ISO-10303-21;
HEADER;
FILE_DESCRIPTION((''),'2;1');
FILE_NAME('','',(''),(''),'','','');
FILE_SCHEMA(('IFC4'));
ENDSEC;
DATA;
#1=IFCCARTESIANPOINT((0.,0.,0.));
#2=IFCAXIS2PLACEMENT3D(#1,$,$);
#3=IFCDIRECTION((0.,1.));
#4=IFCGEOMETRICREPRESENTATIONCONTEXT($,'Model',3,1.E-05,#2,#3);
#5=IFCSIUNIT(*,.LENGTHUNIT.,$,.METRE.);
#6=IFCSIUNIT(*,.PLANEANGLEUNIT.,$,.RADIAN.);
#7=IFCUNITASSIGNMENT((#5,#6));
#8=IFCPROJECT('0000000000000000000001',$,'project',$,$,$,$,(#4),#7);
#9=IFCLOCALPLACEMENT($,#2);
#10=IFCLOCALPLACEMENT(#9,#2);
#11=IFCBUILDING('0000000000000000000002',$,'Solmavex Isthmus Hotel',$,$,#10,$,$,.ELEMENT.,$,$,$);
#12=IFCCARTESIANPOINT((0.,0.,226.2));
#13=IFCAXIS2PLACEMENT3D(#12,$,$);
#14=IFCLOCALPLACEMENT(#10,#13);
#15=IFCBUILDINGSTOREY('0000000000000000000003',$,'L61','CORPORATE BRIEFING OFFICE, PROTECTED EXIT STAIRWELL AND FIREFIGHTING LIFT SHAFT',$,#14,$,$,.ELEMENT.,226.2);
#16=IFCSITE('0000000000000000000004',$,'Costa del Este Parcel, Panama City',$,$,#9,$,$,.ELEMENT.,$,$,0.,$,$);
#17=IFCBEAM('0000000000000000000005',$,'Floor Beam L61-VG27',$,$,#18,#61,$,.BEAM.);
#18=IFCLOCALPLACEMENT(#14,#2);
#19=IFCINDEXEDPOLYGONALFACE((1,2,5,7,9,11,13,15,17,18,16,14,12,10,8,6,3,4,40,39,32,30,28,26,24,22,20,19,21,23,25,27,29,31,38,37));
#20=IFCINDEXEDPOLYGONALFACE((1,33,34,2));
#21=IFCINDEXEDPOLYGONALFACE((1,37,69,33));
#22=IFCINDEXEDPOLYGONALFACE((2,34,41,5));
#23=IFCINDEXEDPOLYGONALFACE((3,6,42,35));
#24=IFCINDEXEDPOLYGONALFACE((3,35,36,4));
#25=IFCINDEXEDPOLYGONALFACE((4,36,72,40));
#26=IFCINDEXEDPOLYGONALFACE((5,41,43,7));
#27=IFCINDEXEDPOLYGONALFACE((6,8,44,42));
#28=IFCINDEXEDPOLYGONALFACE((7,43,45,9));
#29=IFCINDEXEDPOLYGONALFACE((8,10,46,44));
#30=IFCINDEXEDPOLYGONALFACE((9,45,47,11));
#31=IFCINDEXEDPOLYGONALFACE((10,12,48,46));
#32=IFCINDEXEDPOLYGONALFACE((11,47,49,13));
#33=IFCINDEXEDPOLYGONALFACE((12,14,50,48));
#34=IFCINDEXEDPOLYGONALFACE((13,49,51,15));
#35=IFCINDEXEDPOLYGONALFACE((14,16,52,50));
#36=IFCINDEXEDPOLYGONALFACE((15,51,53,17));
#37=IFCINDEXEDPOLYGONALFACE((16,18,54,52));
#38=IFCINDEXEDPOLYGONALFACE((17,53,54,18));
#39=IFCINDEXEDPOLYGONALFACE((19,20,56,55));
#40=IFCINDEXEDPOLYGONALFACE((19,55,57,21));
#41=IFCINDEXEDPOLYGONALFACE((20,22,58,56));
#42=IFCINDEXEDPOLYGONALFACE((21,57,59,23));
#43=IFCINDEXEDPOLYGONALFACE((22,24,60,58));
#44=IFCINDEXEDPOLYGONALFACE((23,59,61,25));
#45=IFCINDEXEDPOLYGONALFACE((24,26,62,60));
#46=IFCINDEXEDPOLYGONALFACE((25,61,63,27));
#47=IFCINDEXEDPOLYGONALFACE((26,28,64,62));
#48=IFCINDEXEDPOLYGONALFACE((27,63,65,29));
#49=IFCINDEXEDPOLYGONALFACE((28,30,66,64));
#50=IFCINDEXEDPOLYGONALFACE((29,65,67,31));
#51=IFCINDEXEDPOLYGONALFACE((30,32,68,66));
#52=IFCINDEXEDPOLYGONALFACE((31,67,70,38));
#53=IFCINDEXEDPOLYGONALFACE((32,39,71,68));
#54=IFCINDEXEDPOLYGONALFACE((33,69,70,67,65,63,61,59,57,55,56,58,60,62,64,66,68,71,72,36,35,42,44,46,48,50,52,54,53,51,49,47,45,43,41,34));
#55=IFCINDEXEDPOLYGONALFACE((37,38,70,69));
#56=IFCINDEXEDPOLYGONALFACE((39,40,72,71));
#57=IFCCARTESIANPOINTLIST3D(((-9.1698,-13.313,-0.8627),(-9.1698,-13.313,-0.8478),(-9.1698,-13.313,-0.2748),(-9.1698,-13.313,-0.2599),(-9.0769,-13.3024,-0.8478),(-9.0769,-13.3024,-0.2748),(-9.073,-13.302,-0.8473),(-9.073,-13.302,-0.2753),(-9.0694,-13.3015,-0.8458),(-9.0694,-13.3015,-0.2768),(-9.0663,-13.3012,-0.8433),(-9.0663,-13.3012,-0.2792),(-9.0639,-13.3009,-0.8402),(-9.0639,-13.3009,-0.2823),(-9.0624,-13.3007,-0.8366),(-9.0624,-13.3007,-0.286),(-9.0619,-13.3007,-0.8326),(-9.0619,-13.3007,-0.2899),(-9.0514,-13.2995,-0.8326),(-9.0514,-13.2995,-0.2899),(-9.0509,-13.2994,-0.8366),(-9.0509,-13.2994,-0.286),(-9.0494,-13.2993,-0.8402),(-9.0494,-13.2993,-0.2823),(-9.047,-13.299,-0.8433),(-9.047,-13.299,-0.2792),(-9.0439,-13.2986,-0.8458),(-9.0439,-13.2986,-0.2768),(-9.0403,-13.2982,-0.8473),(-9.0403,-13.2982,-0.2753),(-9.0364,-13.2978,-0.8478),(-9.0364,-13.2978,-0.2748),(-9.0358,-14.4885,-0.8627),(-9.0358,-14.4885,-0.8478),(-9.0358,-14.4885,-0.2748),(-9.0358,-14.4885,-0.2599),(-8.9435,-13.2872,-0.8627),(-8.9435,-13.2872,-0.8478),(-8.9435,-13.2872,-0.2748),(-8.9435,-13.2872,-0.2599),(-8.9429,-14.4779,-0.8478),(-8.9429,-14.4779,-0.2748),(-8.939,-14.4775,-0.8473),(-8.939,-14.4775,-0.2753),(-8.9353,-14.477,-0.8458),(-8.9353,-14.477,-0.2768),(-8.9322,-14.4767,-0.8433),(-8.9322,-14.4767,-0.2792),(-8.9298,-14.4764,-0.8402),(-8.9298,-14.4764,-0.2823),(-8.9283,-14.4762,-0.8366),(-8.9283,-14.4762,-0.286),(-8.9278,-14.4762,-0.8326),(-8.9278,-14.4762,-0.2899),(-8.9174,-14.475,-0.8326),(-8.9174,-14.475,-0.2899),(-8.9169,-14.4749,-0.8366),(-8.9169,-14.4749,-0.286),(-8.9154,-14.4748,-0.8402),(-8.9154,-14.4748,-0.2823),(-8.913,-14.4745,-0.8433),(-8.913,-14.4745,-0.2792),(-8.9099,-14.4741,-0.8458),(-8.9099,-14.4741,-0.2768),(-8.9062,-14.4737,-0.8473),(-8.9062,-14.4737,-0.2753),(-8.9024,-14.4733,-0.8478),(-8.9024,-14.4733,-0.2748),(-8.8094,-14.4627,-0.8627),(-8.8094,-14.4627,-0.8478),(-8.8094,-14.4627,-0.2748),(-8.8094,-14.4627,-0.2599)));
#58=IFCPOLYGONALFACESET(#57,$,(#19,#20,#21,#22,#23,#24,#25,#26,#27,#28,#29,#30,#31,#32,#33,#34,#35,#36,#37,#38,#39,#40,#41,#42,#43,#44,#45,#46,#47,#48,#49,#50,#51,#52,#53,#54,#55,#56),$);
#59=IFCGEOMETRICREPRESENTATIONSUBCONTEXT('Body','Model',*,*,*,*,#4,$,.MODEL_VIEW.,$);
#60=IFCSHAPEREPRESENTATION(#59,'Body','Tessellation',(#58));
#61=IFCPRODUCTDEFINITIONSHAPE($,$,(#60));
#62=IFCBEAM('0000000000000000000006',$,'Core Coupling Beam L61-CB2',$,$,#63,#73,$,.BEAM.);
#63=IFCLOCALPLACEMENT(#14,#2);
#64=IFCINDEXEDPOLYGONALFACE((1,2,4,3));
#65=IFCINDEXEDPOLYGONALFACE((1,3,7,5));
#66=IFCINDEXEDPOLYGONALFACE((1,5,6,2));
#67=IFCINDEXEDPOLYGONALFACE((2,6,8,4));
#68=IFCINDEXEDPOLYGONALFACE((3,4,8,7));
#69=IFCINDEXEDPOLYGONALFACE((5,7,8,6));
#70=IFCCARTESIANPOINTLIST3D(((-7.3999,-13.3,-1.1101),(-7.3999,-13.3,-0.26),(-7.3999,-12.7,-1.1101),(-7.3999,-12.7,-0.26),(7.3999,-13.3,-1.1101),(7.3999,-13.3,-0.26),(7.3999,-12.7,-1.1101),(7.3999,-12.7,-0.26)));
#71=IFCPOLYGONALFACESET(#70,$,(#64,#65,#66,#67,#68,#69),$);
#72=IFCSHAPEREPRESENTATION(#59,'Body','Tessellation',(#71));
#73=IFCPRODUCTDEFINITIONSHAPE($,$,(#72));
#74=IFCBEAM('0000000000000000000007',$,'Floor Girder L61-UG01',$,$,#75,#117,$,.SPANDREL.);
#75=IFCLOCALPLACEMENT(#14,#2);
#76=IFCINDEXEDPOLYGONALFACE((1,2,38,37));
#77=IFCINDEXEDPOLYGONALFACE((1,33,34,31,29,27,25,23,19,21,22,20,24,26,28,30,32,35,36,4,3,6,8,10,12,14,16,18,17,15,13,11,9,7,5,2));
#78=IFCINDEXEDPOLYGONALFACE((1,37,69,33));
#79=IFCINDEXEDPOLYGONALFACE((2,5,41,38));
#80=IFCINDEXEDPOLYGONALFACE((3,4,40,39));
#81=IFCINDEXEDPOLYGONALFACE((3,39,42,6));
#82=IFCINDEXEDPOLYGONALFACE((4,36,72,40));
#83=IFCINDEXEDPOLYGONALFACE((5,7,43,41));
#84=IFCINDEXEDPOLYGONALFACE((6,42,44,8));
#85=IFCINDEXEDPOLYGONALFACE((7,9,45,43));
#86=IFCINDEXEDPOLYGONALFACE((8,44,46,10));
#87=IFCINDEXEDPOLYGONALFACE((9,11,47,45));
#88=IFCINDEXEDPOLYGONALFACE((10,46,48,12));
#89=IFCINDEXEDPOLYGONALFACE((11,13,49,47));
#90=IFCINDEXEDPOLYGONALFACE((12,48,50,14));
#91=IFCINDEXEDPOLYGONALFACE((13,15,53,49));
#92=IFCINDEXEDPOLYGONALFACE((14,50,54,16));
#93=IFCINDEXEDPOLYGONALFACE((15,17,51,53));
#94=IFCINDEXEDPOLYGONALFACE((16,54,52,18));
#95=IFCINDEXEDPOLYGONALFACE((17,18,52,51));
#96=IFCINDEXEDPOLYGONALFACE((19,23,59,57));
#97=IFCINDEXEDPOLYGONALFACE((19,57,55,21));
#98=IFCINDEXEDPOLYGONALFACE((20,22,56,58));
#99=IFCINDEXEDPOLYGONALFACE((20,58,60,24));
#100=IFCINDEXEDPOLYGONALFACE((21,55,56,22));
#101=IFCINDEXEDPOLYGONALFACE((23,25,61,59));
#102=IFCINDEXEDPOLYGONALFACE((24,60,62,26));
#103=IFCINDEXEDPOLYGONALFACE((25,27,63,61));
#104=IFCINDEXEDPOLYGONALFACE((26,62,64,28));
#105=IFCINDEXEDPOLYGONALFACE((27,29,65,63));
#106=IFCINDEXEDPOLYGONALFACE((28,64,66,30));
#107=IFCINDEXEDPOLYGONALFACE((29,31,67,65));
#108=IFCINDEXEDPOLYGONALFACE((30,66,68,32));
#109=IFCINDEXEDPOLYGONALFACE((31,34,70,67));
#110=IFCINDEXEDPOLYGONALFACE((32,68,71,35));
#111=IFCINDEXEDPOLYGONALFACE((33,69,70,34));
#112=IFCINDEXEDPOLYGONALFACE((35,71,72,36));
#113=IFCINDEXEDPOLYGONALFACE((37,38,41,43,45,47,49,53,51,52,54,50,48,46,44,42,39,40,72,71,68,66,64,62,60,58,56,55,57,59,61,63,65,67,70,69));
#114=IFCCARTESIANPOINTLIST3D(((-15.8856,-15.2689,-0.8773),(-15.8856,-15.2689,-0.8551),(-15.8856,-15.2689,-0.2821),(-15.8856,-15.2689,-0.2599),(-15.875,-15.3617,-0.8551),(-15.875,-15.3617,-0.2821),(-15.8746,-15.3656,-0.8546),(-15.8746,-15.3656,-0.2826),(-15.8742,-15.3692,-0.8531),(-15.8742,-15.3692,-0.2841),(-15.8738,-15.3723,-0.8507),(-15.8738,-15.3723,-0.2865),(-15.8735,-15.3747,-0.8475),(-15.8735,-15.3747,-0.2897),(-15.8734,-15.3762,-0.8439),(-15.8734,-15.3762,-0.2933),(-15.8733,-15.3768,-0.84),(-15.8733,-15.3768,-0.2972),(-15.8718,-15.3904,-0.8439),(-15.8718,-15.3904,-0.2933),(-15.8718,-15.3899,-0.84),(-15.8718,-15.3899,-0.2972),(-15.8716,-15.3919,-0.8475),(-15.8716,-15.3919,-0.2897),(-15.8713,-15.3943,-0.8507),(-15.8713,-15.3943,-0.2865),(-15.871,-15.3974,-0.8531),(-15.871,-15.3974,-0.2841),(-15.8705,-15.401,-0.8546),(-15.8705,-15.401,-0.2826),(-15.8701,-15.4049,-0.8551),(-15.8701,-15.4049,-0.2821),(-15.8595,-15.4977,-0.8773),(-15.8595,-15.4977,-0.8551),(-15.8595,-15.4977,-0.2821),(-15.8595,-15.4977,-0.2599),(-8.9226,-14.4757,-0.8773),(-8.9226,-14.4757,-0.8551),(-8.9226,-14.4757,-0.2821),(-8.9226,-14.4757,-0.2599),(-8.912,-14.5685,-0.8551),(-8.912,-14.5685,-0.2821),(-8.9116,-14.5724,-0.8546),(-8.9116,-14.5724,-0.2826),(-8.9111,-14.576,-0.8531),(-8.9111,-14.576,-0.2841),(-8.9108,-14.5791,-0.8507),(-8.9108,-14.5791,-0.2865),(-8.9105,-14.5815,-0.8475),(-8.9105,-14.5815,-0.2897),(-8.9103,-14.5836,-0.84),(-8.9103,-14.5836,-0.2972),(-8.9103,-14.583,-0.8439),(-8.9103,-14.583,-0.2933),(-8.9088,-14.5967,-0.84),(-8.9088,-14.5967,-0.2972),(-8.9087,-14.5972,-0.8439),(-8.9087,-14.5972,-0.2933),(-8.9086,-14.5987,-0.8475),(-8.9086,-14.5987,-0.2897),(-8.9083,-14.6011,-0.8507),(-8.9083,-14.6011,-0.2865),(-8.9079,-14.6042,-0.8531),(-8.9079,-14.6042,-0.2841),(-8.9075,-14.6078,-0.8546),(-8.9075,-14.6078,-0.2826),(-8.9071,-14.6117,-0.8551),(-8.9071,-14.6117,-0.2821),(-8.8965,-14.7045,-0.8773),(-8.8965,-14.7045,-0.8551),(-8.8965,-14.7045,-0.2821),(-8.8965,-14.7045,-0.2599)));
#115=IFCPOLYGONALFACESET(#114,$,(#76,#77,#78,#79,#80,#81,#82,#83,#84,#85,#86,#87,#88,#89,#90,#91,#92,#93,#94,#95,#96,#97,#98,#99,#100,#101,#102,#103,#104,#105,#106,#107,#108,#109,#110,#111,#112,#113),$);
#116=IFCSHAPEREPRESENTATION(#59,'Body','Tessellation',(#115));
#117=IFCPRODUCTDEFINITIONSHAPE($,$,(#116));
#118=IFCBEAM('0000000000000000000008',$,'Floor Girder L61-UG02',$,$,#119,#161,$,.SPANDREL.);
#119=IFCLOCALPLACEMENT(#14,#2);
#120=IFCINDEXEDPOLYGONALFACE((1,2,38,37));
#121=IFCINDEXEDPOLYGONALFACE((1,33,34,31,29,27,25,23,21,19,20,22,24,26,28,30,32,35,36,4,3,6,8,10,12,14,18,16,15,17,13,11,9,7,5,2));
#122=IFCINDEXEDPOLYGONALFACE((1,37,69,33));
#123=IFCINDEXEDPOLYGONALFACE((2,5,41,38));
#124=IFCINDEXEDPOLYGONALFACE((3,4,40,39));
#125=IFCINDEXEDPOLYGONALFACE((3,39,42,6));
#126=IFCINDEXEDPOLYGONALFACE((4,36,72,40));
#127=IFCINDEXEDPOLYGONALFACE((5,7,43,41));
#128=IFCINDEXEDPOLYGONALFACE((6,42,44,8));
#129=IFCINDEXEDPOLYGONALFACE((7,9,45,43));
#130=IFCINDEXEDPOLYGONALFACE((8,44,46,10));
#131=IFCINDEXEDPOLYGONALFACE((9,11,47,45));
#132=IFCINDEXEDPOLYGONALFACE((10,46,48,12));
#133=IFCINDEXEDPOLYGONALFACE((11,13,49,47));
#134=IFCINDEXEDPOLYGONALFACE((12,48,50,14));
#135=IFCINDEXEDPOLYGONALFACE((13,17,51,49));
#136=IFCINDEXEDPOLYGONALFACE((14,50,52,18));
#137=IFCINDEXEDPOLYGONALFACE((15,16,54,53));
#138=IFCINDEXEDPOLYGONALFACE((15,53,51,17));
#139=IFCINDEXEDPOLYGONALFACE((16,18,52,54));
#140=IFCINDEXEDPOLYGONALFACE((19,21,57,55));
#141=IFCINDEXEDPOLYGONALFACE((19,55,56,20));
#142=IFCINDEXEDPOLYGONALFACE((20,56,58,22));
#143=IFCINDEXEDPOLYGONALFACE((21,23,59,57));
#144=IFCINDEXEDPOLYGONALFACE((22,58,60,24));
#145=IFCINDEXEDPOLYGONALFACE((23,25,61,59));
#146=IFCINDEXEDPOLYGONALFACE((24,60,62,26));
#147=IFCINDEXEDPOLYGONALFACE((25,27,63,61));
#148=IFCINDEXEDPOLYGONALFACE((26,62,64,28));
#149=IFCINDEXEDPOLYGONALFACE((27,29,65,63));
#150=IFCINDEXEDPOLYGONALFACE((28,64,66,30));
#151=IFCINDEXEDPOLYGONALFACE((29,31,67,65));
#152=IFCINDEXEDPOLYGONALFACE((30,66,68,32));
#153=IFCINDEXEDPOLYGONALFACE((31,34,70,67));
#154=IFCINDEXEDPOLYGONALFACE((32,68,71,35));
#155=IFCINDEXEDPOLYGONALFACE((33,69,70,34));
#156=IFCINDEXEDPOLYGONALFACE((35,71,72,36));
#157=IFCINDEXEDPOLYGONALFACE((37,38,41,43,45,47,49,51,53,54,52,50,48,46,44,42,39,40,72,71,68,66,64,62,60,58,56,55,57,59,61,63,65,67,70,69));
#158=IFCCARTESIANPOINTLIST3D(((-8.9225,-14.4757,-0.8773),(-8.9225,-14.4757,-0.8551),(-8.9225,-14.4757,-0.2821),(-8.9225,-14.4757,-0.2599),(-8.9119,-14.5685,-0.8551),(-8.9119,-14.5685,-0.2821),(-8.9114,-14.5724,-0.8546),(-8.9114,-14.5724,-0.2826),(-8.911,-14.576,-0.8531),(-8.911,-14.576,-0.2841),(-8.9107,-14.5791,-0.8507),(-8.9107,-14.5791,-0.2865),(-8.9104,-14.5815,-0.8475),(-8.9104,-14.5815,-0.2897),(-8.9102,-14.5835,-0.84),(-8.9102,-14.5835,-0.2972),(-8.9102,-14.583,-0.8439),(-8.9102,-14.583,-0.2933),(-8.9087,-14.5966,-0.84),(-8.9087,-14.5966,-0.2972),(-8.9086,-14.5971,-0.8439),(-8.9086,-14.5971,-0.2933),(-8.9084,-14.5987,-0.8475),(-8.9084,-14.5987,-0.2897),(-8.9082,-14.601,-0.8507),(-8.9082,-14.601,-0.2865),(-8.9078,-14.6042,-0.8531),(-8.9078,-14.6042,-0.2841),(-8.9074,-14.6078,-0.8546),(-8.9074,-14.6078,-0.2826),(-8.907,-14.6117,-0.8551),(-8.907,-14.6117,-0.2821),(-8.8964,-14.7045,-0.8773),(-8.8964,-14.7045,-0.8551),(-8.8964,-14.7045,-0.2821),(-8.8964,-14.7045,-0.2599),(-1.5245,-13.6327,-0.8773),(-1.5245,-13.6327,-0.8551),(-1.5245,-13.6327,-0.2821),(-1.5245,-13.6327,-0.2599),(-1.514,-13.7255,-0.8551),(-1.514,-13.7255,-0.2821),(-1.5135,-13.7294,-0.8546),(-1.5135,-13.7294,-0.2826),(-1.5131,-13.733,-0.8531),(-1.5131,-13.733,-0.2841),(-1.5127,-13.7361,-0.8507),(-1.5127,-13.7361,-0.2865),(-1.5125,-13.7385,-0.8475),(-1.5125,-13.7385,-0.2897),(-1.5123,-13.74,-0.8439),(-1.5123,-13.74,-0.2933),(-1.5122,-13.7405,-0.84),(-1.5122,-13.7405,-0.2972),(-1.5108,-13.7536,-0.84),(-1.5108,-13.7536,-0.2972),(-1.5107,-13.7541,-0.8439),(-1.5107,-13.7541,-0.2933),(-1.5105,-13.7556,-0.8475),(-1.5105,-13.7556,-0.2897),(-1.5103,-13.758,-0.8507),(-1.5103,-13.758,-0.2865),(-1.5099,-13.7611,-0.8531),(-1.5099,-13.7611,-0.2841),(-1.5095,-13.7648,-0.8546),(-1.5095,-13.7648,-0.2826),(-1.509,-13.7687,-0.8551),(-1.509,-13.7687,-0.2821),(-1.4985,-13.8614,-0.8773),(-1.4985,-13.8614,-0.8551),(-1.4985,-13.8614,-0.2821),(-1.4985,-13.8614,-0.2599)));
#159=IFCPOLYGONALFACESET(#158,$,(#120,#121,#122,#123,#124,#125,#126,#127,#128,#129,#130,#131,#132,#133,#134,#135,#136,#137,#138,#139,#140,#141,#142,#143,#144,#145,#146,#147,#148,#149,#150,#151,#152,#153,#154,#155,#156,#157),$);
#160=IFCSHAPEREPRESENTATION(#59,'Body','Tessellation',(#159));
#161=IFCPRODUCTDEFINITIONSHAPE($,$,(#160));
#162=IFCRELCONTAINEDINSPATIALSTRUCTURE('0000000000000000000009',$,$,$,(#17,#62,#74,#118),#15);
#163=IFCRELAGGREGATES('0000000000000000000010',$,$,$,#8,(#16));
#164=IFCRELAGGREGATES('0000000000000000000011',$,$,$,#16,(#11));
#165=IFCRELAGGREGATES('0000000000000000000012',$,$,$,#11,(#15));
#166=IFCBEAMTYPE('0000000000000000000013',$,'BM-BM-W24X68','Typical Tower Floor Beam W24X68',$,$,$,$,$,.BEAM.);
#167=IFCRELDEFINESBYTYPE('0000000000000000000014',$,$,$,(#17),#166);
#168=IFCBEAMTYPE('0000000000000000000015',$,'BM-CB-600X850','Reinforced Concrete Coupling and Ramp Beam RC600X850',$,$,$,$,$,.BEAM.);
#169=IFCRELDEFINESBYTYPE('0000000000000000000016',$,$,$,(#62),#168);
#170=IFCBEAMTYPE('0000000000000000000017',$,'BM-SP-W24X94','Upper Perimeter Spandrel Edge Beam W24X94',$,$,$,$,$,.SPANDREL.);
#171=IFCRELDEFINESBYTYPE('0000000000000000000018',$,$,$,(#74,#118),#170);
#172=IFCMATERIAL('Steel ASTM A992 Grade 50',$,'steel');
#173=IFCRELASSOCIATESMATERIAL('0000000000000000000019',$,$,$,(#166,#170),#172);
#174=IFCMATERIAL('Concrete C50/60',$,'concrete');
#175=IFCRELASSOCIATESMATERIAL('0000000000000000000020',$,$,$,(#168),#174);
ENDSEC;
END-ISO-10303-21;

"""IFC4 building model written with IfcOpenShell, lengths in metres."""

from ifc_helpers import new_model, si_unit, direction, frame, origin, origin_2d, place, context, subcontext, project, spatial, rectangle, i_section, extrude, material, material_profile, profile_set, type_object, element, save


model = new_model("IFC4")

# Units and contexts
model_context = context("Model", 3, precision=1e-05, world=origin(), true_north=direction((0.0, 1.0)))
body_context = subcontext(model_context, "Body", "Model", "MODEL_VIEW")
ifc_project = project(units=[si_unit("LENGTHUNIT", "METRE"), si_unit("PLANEANGLEUNIT", "RADIAN")], contexts=[model_context])

# Site, building, storey
site_placement = place(None, origin())
site = spatial("IfcSite", under=ifc_project, at=site_placement, Name="Costa del Este Parcel, Panama City", CompositionType="ELEMENT", RefElevation=0.0)
building_placement = place(site_placement, origin())
building = spatial("IfcBuilding", under=site, at=building_placement, Name="Solmavex Isthmus Hotel", CompositionType="ELEMENT")
storey_placement = place(building_placement, frame((0.0, 0.0, 226.2)))
storey = spatial("IfcBuildingStorey", under=building, at=storey_placement, Name="L61", Description="CORPORATE BRIEFING OFFICE, PROTECTED EXIT STAIRWELL AND FIREFIGHTING LIFT SHAFT", CompositionType="ELEMENT", Elevation=226.2)

# Shared definitions
ifc_material_1 = material(Name="Concrete C50/60", Category="concrete")

# Beams
ifc_material_2 = material(Name="Steel ASTM A992 Grade 50", Category="steel")
ifc_material_profile_1 = material_profile(ifc_material_2, i_section(OverallWidth=0.2278, OverallDepth=0.6028, WebThickness=0.0105, FlangeThickness=0.0149, FilletRadius=0.0151, at=origin_2d()), Name="W24X68")
ifc_profile_set_1 = profile_set([ifc_material_profile_1], Name="Steel ASTM A992 Grade 50")
beam_type_1 = type_object("IfcBeamType", Name="BM-BM-W24X68", Description="Typical Tower Floor Beam W24X68", PredefinedType="BEAM", material=ifc_profile_set_1)
beam_1_placement = place(storey_placement, frame((-8.9226, -14.4756, -0.5613), z_axis=(-0.113285, 0.993563, 0.0), x_axis=(-0.993563, -0.113285, 0.0)))
element("IfcBeam", 1, at=beam_1_placement, inside=storey, type_object=beam_type_1, Name="Floor Beam L61-VG27", PredefinedType="BEAM", context=body_context, shape_type="SweptSolid", body=[
    extrude(i_section(OverallWidth=0.2278, OverallDepth=0.6028, WebThickness=0.0105, FlangeThickness=0.0149, FilletRadius=0.0151, at=origin_2d()), origin(), (0.0, 0.0, 1.0), 1.1831),
])
ifc_material_profile_2 = material_profile(ifc_material_1, rectangle(XDim=0.6001, YDim=0.8501, at=origin_2d()), Name="RC600X850")
ifc_profile_set_2 = profile_set([ifc_material_profile_2], Name="Concrete C50/60")
beam_type_2 = type_object("IfcBeamType", Name="BM-CB-600X850", Description="Reinforced Concrete Coupling and Ramp Beam RC600X850", PredefinedType="BEAM", material=ifc_profile_set_2)
beam_2_placement = place(storey_placement, frame((-7.3999, -13.0, -0.6851), z_axis=(1.0, 0.0, 0.0), x_axis=(0.0, 1.0, 0.0)))
element("IfcBeam", 2, at=beam_2_placement, inside=storey, type_object=beam_type_2, Name="Core Coupling Beam L61-CB2", PredefinedType="BEAM", context=body_context, shape_type="SweptSolid", body=[
    extrude(rectangle(XDim=0.6001, YDim=0.8501, at=origin_2d()), origin(), (0.0, 0.0, 1.0), 14.7998),
])
ifc_material_profile_3 = material_profile(ifc_material_2, i_section(OverallWidth=0.2302, OverallDepth=0.6174, WebThickness=0.0132, FlangeThickness=0.0222, FilletRadius=0.0151, at=origin_2d()), Name="W24X94")
ifc_profile_set_3 = profile_set([ifc_material_profile_3], Name="Steel ASTM A992 Grade 50")
beam_type_3 = type_object("IfcBeamType", Name="BM-SP-W24X94", Description="Upper Perimeter Spandrel Edge Beam W24X94", PredefinedType="SPANDREL", material=ifc_profile_set_3)
beam_3_placement = place(storey_placement, frame((-15.8726, -15.3833, -0.5686), z_axis=(0.993574, 0.113184, 0.0), x_axis=(-0.113184, 0.993574, 0.0)))
element("IfcBeam", 3, at=beam_3_placement, inside=storey, type_object=beam_type_3, Name="Floor Girder L61-UG01", PredefinedType="SPANDREL", context=body_context, shape_type="SweptSolid", body=[
    extrude(i_section(OverallWidth=0.2302, OverallDepth=0.6174, WebThickness=0.0132, FlangeThickness=0.0222, FilletRadius=0.0151, at=origin_2d()), origin(), (0.0, 0.0, 1.0), 7.0081),
])
beam_4_placement = place(storey_placement, frame((-8.9094, -14.5901, -0.5686), z_axis=(0.99357, 0.11322, 0.0), x_axis=(-0.11322, 0.99357, 0.0)))
element("IfcBeam", 4, at=beam_4_placement, inside=storey, type_object=beam_type_3, Name="Floor Girder L61-UG02", PredefinedType="SPANDREL", context=body_context, shape_type="SweptSolid", body=[
    extrude(i_section(OverallWidth=0.2302, OverallDepth=0.6174, WebThickness=0.0132, FlangeThickness=0.0222, FilletRadius=0.0151, at=origin_2d()), origin(), (0.0, 0.0, 1.0), 7.4458),
])

save(model, "model.ifc")
